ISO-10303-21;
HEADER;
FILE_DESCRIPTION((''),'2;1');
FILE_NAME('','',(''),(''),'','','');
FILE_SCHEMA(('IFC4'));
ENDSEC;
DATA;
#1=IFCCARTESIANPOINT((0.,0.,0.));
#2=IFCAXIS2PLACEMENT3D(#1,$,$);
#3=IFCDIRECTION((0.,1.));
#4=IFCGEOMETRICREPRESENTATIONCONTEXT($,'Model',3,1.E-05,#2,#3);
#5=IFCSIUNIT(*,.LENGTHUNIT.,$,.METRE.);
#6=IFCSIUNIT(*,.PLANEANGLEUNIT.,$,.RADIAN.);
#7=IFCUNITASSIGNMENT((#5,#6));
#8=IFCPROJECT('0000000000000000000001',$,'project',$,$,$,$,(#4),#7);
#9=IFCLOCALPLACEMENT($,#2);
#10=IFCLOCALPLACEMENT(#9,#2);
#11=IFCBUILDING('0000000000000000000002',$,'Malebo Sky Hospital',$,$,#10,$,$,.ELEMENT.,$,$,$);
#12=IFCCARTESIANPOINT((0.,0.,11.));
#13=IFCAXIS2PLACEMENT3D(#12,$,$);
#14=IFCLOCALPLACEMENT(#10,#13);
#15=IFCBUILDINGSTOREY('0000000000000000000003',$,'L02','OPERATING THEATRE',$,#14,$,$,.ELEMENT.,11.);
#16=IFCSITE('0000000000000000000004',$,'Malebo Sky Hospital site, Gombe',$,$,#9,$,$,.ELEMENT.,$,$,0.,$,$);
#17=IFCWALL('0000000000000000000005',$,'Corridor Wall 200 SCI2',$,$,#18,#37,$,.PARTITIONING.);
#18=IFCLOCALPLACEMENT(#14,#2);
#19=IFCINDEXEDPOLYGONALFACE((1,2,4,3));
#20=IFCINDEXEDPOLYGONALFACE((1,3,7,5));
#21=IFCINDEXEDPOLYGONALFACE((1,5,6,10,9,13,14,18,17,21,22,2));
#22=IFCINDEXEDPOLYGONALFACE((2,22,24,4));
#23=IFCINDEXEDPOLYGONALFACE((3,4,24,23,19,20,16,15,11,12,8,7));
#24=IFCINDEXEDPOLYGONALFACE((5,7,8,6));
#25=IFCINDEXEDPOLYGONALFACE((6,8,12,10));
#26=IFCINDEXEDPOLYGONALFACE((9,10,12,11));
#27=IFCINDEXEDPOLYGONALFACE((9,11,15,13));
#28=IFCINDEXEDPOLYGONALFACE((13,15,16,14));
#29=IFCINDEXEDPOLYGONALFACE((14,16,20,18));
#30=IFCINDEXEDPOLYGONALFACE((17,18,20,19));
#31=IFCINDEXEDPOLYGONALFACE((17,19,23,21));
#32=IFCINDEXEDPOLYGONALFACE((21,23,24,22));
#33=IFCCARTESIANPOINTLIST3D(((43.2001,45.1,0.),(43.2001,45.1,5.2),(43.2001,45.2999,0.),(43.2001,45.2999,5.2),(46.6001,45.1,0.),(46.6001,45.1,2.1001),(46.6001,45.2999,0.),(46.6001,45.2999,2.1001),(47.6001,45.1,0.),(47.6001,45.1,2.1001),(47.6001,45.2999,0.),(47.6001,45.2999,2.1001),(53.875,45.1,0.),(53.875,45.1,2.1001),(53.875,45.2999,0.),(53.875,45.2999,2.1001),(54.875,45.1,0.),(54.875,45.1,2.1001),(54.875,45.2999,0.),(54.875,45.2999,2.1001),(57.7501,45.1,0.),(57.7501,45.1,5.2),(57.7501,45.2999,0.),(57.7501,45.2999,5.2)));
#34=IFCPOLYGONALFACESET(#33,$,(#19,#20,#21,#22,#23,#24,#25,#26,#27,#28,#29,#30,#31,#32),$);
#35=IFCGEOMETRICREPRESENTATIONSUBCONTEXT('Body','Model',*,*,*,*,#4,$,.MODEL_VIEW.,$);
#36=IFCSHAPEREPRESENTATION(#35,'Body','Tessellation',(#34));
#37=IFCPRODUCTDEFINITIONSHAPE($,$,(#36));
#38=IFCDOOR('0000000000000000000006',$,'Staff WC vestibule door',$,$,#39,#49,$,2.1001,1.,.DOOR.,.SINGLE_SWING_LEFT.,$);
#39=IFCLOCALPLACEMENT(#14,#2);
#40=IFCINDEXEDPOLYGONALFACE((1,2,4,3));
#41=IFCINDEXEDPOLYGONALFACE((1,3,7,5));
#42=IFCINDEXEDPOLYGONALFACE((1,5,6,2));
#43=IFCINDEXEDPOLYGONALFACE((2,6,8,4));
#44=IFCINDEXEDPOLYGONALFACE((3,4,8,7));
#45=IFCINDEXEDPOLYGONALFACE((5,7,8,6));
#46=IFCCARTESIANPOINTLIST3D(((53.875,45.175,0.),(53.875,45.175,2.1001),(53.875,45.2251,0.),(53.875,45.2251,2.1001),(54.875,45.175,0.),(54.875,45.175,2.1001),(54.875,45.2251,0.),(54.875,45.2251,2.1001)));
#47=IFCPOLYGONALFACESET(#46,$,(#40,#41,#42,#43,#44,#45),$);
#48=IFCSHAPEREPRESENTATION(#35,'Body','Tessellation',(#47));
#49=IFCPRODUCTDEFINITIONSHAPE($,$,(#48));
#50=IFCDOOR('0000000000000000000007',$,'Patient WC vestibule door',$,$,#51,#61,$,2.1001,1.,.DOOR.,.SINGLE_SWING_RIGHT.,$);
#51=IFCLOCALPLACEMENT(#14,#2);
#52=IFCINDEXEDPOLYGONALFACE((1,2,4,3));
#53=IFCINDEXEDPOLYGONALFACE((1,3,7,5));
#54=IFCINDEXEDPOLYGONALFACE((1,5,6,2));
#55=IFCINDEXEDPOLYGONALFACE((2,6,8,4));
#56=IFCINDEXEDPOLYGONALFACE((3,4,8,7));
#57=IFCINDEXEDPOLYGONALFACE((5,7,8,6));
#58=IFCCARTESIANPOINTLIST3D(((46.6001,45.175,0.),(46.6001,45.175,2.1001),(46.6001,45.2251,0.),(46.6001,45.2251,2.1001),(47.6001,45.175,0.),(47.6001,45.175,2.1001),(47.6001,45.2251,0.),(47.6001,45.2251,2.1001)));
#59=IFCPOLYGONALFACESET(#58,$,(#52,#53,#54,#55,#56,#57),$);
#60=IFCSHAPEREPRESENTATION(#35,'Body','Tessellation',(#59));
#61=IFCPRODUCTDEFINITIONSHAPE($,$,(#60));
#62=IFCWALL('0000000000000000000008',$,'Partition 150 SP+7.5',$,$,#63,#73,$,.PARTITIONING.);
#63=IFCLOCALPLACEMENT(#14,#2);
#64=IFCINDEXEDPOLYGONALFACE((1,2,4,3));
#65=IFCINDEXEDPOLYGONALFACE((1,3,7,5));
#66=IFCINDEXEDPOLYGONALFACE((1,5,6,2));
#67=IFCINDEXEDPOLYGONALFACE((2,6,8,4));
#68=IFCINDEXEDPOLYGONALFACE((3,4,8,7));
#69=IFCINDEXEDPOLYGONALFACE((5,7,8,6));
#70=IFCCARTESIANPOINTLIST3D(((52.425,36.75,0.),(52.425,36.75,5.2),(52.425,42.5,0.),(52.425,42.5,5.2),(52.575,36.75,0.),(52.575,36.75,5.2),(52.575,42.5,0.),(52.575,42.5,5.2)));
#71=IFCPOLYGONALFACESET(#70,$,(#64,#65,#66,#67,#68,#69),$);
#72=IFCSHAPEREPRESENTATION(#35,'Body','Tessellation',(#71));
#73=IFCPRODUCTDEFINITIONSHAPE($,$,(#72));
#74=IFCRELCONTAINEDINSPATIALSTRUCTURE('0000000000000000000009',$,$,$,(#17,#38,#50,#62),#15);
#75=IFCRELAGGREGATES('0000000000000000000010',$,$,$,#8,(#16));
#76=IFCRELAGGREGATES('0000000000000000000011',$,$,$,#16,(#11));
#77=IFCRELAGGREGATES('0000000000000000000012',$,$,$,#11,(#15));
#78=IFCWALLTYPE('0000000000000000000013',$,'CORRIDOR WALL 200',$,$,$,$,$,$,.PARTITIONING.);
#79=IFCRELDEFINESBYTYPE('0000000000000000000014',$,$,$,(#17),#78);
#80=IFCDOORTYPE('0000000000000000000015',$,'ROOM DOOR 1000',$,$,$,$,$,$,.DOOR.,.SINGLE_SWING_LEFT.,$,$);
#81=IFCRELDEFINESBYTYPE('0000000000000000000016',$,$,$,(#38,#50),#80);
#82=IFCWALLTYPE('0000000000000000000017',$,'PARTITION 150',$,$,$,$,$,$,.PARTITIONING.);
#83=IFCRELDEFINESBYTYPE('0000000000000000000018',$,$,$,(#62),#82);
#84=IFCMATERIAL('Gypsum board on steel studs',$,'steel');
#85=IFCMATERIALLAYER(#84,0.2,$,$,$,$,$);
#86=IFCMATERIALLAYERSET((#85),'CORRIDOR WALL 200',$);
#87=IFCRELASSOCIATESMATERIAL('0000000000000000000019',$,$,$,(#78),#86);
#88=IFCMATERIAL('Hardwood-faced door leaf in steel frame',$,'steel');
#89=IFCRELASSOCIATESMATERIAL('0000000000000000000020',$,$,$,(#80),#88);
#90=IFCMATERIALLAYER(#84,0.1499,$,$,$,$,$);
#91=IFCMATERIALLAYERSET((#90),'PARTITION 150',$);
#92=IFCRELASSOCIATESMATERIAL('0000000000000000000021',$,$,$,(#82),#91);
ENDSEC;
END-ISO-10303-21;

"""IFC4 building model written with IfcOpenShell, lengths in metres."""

from ifc_helpers import new_model, si_unit, direction, frame, frame_2d, origin, place, context, subcontext, project, spatial, rectangle, extrude, material, layer, layer_set, type_object, element, fill, save


model = new_model("IFC4")

# Units and contexts
model_context = context("Model", 3, precision=1e-05, world=origin(), true_north=direction((0.0, 1.0)))
body_context = subcontext(model_context, "Body", "Model", "MODEL_VIEW")
ifc_project = project(units=[si_unit("LENGTHUNIT", "METRE"), si_unit("PLANEANGLEUNIT", "RADIAN")], contexts=[model_context])

# Site, building, storey
site_placement = place(None, origin())
site = spatial("IfcSite", under=ifc_project, at=site_placement, Name="Malebo Sky Hospital site, Gombe", CompositionType="ELEMENT", RefElevation=0.0)
building_placement = place(site_placement, origin())
building = spatial("IfcBuilding", under=site, at=building_placement, Name="Malebo Sky Hospital", CompositionType="ELEMENT")
storey_placement = place(building_placement, frame((0.0, 0.0, 11.0)))
storey = spatial("IfcBuildingStorey", under=building, at=storey_placement, Name="L02", Description="OPERATING THEATRE", CompositionType="ELEMENT", Elevation=11.0)

# Wall, openings, doors
ifc_material_1 = material(Name="Gypsum board on steel studs", Category="steel")
ifc_layer_1 = layer(ifc_material_1, 0.2)
ifc_layer_set_1 = layer_set([ifc_layer_1], Name="CORRIDOR WALL 200")
wall_type_1 = type_object("IfcWallType", Name="CORRIDOR WALL 200", PredefinedType="PARTITIONING", material=ifc_layer_set_1)
wall_1_placement = place(storey_placement, frame((57.75, 45.2, 0.0), z_axis=(0.0, 0.0, 1.0), x_axis=(-1.0, 0.0, 0.0)))
wall_1 = element("IfcWall", 1, at=wall_1_placement, inside=storey, type_object=wall_type_1, Name="Corridor Wall 200 SCI2", PredefinedType="PARTITIONING", context=body_context, shape_type="SweptSolid", body=[
    extrude(rectangle(XDim=14.55, YDim=0.2, at=frame_2d((7.2749, 0.0))), origin(), (0.0, 0.0, 1.0), 5.2),
])
opening_1_placement = place(wall_1_placement, frame((2.875, 0.0, 0.0)))
opening_1 = element("IfcOpeningElement", 2, at=opening_1_placement, cuts=wall_1, PredefinedType="OPENING", context=body_context, shape_type="SweptSolid", body=[
    extrude(rectangle(XDim=1.0, YDim=2.1001, at=frame_2d((0.5, 1.05))), frame((0.0, 0.1099, 0.0), z_axis=(0.0, -1.0, 0.0), x_axis=(1.0, 0.0, 0.0)), (0.0, 0.0, 1.0), 0.22),
])
opening_2_placement = place(wall_1_placement, frame((10.1499, 0.0, 0.0)))
opening_2 = element("IfcOpeningElement", 3, at=opening_2_placement, cuts=wall_1, PredefinedType="OPENING", context=body_context, shape_type="SweptSolid", body=[
    extrude(rectangle(XDim=1.0, YDim=2.1001, at=frame_2d((0.5, 1.05))), frame((0.0, 0.1099, 0.0), z_axis=(0.0, -1.0, 0.0), x_axis=(1.0, 0.0, 0.0)), (0.0, 0.0, 1.0), 0.22),
])
ifc_material_2 = material(Name="Hardwood-faced door leaf in steel frame", Category="steel")
door_type = type_object("IfcDoorType", Name="ROOM DOOR 1000", OperationType="SINGLE_SWING_LEFT", PredefinedType="DOOR", material=ifc_material_2)
door_1_placement = place(opening_1_placement, origin())
door_1 = element("IfcDoor", 4, at=door_1_placement, inside=storey, type_object=door_type, Name="Staff WC vestibule door", OperationType="SINGLE_SWING_LEFT", OverallHeight=2.1001, OverallWidth=1.0, PredefinedType="DOOR", context=body_context, shape_type="SweptSolid", body=[
    extrude(rectangle(XDim=1.0, YDim=2.1001, at=frame_2d((0.5, 1.05))), frame((0.0, 0.0249, 0.0), z_axis=(0.0, -1.0, 0.0), x_axis=(1.0, 0.0, 0.0)), (0.0, 0.0, 1.0), 0.05),
])
fill(opening_1, door_1)
door_2_placement = place(opening_2_placement, origin())
door_2 = element("IfcDoor", 5, at=door_2_placement, inside=storey, type_object=door_type, Name="Patient WC vestibule door", OperationType="SINGLE_SWING_RIGHT", OverallHeight=2.1001, OverallWidth=1.0, PredefinedType="DOOR", context=body_context, shape_type="SweptSolid", body=[
    extrude(rectangle(XDim=1.0, YDim=2.1001, at=frame_2d((0.5, 1.05))), frame((0.0, 0.0249, 0.0), z_axis=(0.0, -1.0, 0.0), x_axis=(1.0, 0.0, 0.0)), (0.0, 0.0, 1.0), 0.05),
])
fill(opening_2, door_2)

# Wall
ifc_layer_2 = layer(ifc_material_1, 0.1499)
ifc_layer_set_2 = layer_set([ifc_layer_2], Name="PARTITION 150")
wall_type_2 = type_object("IfcWallType", Name="PARTITION 150", PredefinedType="PARTITIONING", material=ifc_layer_set_2)
wall_2_placement = place(storey_placement, frame((52.5, 42.5, 0.0), z_axis=(0.0, 0.0, 1.0), x_axis=(0.0, -1.0, 0.0)))
element("IfcWall", 6, at=wall_2_placement, inside=storey, type_object=wall_type_2, Name="Partition 150 SP+7.5", PredefinedType="PARTITIONING", context=body_context, shape_type="SweptSolid", body=[
    extrude(rectangle(XDim=5.75, YDim=0.1499, at=frame_2d((2.875, 0.0))), origin(), (0.0, 0.0, 1.0), 5.2),
])

save(model, "model.ifc")
